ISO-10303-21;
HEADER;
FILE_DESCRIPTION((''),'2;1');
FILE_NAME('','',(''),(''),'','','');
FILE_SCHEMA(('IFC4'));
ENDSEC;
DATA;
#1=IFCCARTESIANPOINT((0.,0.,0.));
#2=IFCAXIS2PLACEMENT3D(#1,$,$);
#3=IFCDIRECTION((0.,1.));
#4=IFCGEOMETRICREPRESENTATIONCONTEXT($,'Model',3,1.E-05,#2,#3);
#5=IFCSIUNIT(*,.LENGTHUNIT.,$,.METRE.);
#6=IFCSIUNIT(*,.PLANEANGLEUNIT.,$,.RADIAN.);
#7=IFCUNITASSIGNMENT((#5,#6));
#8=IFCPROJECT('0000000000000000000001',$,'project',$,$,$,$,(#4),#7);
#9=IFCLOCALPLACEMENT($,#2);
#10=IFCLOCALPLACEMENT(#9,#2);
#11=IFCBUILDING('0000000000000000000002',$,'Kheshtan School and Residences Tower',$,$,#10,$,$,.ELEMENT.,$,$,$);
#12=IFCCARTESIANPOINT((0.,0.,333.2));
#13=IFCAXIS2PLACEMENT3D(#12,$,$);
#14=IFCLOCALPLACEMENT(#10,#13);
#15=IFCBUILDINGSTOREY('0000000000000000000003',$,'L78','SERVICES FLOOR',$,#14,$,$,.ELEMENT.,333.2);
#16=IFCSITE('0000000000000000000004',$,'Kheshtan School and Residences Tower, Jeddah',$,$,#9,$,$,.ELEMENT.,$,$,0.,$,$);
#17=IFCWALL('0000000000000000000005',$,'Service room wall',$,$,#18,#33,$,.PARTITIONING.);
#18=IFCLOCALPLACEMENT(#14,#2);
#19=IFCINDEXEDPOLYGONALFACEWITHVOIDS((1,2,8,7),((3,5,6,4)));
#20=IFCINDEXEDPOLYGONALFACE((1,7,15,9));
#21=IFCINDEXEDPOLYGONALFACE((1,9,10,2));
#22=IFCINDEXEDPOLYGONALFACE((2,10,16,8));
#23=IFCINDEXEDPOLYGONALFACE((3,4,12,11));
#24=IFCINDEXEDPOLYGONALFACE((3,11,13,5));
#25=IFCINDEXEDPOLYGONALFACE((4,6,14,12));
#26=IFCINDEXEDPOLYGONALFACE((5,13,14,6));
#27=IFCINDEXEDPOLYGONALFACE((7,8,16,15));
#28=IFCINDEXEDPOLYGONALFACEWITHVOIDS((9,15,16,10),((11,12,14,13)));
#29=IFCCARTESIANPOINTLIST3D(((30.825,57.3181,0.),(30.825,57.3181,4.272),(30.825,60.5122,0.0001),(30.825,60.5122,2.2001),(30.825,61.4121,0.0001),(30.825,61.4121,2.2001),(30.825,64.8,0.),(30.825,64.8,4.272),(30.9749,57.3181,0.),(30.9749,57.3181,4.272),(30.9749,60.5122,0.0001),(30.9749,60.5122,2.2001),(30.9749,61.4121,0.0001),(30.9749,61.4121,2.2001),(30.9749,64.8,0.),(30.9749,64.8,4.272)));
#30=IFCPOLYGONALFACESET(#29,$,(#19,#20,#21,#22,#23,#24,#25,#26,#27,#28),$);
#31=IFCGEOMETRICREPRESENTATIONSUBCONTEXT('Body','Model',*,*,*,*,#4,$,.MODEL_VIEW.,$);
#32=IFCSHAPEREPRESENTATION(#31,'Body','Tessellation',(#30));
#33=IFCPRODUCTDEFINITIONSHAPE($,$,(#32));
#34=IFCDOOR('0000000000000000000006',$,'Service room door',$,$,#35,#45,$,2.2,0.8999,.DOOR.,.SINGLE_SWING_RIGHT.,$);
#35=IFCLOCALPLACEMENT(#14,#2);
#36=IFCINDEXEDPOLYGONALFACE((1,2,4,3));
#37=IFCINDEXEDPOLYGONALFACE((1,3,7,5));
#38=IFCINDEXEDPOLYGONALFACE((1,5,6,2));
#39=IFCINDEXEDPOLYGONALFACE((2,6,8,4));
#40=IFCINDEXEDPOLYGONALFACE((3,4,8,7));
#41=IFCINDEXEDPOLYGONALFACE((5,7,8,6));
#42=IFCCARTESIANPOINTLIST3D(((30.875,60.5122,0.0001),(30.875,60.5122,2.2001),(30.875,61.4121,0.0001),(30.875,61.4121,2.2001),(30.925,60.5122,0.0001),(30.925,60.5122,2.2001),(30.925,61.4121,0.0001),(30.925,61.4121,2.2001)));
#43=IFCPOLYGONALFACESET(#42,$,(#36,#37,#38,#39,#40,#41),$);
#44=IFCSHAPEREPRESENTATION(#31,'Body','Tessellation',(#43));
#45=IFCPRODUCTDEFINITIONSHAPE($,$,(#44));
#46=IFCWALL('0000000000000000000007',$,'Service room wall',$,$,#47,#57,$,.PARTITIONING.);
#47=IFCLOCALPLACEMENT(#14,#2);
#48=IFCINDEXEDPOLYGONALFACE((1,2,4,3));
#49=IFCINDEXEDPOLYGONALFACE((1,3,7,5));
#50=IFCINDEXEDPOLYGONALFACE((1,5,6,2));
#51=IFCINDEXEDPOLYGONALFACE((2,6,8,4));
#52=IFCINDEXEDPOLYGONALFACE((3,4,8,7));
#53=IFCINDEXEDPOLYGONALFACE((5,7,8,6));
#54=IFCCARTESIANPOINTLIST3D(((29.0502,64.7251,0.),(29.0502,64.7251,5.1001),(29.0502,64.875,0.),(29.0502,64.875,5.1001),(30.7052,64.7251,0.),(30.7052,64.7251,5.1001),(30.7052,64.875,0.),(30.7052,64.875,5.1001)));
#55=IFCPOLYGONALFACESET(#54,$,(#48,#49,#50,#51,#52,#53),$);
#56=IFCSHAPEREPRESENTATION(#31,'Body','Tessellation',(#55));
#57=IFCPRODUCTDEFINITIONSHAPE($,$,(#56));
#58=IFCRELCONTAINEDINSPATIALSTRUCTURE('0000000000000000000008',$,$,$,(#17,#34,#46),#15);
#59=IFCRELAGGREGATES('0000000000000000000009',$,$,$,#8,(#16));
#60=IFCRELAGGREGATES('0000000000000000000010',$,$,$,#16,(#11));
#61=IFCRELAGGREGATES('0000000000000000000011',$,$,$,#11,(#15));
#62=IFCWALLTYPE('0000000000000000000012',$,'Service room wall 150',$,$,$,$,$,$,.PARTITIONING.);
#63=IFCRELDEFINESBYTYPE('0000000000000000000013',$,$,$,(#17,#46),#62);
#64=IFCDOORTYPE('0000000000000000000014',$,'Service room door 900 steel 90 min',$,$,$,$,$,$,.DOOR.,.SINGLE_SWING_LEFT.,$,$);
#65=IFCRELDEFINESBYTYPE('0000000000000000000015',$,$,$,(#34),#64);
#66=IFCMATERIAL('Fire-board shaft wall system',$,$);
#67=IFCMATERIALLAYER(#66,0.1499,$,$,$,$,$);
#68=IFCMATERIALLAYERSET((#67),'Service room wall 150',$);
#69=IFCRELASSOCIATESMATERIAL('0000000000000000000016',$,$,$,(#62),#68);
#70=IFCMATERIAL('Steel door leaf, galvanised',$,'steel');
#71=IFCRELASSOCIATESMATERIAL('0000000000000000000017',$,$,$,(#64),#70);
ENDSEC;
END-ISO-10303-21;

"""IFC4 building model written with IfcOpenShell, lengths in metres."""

from ifc_helpers import new_model, si_unit, direction, frame, frame_2d, origin, place, context, subcontext, project, spatial, rectangle, extrude, source, transform, mapped, material, layer, layer_set, type_object, element, fill, save


model = new_model("IFC4")

# Units and contexts
model_context = context("Model", 3, precision=1e-05, world=origin(), true_north=direction((0.0, 1.0)))
body_context = subcontext(model_context, "Body", "Model", "MODEL_VIEW")
ifc_project = project(units=[si_unit("LENGTHUNIT", "METRE"), si_unit("PLANEANGLEUNIT", "RADIAN")], contexts=[model_context])

# Site, building, storey
site_placement = place(None, origin())
site = spatial("IfcSite", under=ifc_project, at=site_placement, Name="Kheshtan School and Residences Tower, Jeddah", CompositionType="ELEMENT", RefElevation=0.0)
building_placement = place(site_placement, origin())
building = spatial("IfcBuilding", under=site, at=building_placement, Name="Kheshtan School and Residences Tower", CompositionType="ELEMENT")
storey_placement = place(building_placement, frame((0.0, 0.0, 333.2)))
storey = spatial("IfcBuildingStorey", under=building, at=storey_placement, Name="L78", Description="SERVICES FLOOR", CompositionType="ELEMENT", Elevation=333.2)

# Shared definitions
ifc_material_1 = material(Name="Fire-board shaft wall system")
ifc_layer_1 = layer(ifc_material_1, 0.1499)
ifc_layer_set_1 = layer_set([ifc_layer_1], Name="Service room wall 150")
wall_type_1 = type_object("IfcWallType", Name="Service room wall 150", PredefinedType="PARTITIONING", material=ifc_layer_set_1)

# Wall, opening, door
wall_1_placement = place(storey_placement, frame((30.8999, 57.3181, 0.0), z_axis=(0.0, 0.0, 1.0), x_axis=(0.0, 1.0, 0.0)))
wall_1 = element("IfcWall", 1, at=wall_1_placement, inside=storey, type_object=wall_type_1, Name="Service room wall", PredefinedType="PARTITIONING", context=body_context, shape_type="SweptSolid", body=[
    extrude(rectangle(XDim=7.4819, YDim=0.1499, at=frame_2d((3.741, 0.0))), origin(), (0.0, 0.0, 1.0), 4.272),
])
opening_1_placement = place(wall_1_placement, frame((3.1941, 0.0, 0.0)))
opening_1 = element("IfcOpeningElement", 2, at=opening_1_placement, cuts=wall_1, PredefinedType="OPENING", context=body_context, shape_type="SweptSolid", body=[
    extrude(rectangle(XDim=0.8999, YDim=2.2, at=frame_2d((0.45, 1.1001))), frame((0.0, 0.085, 0.0), z_axis=(0.0, -1.0, 0.0), x_axis=(1.0, 0.0, 0.0)), (0.0, 0.0, 1.0), 0.1699),
])
ifc_material_2 = material(Name="Steel door leaf, galvanised", Category="steel")
door_type_1 = type_object("IfcDoorType", Name="Service room door 900 steel 90 min", OperationType="SINGLE_SWING_LEFT", PredefinedType="DOOR", material=ifc_material_2)
shared_shape_1 = source(origin(), body_context, "Body", "SweptSolid", [
    extrude(rectangle(XDim=0.8999, YDim=2.2, at=frame_2d((0.45, 1.1001))), frame((0.0, 0.0249, 0.0), z_axis=(0.0, -1.0, 0.0), x_axis=(1.0, 0.0, 0.0)), (0.0, 0.0, 1.0), 0.05),
])
door_1_placement = place(opening_1_placement, origin())
door_1 = element("IfcDoor", 3, at=door_1_placement, inside=storey, type_object=door_type_1, Name="Service room door", OperationType="SINGLE_SWING_RIGHT", OverallHeight=2.2, OverallWidth=0.8999, PredefinedType="DOOR", context=body_context, shape_type="MappedRepresentation", body=[
    mapped(shared_shape_1, transform((0.0, 0.0, 0.0), x_axis=(1.0, 0.0, 0.0), y_axis=(0.0, 1.0, 0.0), z_axis=(0.0, 0.0, 1.0), scale=1.0)),
])
fill(opening_1, door_1)

# Wall
wall_2_placement = place(storey_placement, frame((29.05, 64.8, 0.0), z_axis=(0.0, 0.0, 1.0), x_axis=(1.0, 0.0, 0.0)))
element("IfcWall", 4, at=wall_2_placement, inside=storey, type_object=wall_type_1, Name="Service room wall", PredefinedType="PARTITIONING", context=body_context, shape_type="SweptSolid", body=[
    extrude(rectangle(XDim=1.655, YDim=0.1499, at=frame_2d((0.8276, 0.0))), origin(), (0.0, 0.0, 1.0), 5.1001),
])

save(model, "model.ifc")
